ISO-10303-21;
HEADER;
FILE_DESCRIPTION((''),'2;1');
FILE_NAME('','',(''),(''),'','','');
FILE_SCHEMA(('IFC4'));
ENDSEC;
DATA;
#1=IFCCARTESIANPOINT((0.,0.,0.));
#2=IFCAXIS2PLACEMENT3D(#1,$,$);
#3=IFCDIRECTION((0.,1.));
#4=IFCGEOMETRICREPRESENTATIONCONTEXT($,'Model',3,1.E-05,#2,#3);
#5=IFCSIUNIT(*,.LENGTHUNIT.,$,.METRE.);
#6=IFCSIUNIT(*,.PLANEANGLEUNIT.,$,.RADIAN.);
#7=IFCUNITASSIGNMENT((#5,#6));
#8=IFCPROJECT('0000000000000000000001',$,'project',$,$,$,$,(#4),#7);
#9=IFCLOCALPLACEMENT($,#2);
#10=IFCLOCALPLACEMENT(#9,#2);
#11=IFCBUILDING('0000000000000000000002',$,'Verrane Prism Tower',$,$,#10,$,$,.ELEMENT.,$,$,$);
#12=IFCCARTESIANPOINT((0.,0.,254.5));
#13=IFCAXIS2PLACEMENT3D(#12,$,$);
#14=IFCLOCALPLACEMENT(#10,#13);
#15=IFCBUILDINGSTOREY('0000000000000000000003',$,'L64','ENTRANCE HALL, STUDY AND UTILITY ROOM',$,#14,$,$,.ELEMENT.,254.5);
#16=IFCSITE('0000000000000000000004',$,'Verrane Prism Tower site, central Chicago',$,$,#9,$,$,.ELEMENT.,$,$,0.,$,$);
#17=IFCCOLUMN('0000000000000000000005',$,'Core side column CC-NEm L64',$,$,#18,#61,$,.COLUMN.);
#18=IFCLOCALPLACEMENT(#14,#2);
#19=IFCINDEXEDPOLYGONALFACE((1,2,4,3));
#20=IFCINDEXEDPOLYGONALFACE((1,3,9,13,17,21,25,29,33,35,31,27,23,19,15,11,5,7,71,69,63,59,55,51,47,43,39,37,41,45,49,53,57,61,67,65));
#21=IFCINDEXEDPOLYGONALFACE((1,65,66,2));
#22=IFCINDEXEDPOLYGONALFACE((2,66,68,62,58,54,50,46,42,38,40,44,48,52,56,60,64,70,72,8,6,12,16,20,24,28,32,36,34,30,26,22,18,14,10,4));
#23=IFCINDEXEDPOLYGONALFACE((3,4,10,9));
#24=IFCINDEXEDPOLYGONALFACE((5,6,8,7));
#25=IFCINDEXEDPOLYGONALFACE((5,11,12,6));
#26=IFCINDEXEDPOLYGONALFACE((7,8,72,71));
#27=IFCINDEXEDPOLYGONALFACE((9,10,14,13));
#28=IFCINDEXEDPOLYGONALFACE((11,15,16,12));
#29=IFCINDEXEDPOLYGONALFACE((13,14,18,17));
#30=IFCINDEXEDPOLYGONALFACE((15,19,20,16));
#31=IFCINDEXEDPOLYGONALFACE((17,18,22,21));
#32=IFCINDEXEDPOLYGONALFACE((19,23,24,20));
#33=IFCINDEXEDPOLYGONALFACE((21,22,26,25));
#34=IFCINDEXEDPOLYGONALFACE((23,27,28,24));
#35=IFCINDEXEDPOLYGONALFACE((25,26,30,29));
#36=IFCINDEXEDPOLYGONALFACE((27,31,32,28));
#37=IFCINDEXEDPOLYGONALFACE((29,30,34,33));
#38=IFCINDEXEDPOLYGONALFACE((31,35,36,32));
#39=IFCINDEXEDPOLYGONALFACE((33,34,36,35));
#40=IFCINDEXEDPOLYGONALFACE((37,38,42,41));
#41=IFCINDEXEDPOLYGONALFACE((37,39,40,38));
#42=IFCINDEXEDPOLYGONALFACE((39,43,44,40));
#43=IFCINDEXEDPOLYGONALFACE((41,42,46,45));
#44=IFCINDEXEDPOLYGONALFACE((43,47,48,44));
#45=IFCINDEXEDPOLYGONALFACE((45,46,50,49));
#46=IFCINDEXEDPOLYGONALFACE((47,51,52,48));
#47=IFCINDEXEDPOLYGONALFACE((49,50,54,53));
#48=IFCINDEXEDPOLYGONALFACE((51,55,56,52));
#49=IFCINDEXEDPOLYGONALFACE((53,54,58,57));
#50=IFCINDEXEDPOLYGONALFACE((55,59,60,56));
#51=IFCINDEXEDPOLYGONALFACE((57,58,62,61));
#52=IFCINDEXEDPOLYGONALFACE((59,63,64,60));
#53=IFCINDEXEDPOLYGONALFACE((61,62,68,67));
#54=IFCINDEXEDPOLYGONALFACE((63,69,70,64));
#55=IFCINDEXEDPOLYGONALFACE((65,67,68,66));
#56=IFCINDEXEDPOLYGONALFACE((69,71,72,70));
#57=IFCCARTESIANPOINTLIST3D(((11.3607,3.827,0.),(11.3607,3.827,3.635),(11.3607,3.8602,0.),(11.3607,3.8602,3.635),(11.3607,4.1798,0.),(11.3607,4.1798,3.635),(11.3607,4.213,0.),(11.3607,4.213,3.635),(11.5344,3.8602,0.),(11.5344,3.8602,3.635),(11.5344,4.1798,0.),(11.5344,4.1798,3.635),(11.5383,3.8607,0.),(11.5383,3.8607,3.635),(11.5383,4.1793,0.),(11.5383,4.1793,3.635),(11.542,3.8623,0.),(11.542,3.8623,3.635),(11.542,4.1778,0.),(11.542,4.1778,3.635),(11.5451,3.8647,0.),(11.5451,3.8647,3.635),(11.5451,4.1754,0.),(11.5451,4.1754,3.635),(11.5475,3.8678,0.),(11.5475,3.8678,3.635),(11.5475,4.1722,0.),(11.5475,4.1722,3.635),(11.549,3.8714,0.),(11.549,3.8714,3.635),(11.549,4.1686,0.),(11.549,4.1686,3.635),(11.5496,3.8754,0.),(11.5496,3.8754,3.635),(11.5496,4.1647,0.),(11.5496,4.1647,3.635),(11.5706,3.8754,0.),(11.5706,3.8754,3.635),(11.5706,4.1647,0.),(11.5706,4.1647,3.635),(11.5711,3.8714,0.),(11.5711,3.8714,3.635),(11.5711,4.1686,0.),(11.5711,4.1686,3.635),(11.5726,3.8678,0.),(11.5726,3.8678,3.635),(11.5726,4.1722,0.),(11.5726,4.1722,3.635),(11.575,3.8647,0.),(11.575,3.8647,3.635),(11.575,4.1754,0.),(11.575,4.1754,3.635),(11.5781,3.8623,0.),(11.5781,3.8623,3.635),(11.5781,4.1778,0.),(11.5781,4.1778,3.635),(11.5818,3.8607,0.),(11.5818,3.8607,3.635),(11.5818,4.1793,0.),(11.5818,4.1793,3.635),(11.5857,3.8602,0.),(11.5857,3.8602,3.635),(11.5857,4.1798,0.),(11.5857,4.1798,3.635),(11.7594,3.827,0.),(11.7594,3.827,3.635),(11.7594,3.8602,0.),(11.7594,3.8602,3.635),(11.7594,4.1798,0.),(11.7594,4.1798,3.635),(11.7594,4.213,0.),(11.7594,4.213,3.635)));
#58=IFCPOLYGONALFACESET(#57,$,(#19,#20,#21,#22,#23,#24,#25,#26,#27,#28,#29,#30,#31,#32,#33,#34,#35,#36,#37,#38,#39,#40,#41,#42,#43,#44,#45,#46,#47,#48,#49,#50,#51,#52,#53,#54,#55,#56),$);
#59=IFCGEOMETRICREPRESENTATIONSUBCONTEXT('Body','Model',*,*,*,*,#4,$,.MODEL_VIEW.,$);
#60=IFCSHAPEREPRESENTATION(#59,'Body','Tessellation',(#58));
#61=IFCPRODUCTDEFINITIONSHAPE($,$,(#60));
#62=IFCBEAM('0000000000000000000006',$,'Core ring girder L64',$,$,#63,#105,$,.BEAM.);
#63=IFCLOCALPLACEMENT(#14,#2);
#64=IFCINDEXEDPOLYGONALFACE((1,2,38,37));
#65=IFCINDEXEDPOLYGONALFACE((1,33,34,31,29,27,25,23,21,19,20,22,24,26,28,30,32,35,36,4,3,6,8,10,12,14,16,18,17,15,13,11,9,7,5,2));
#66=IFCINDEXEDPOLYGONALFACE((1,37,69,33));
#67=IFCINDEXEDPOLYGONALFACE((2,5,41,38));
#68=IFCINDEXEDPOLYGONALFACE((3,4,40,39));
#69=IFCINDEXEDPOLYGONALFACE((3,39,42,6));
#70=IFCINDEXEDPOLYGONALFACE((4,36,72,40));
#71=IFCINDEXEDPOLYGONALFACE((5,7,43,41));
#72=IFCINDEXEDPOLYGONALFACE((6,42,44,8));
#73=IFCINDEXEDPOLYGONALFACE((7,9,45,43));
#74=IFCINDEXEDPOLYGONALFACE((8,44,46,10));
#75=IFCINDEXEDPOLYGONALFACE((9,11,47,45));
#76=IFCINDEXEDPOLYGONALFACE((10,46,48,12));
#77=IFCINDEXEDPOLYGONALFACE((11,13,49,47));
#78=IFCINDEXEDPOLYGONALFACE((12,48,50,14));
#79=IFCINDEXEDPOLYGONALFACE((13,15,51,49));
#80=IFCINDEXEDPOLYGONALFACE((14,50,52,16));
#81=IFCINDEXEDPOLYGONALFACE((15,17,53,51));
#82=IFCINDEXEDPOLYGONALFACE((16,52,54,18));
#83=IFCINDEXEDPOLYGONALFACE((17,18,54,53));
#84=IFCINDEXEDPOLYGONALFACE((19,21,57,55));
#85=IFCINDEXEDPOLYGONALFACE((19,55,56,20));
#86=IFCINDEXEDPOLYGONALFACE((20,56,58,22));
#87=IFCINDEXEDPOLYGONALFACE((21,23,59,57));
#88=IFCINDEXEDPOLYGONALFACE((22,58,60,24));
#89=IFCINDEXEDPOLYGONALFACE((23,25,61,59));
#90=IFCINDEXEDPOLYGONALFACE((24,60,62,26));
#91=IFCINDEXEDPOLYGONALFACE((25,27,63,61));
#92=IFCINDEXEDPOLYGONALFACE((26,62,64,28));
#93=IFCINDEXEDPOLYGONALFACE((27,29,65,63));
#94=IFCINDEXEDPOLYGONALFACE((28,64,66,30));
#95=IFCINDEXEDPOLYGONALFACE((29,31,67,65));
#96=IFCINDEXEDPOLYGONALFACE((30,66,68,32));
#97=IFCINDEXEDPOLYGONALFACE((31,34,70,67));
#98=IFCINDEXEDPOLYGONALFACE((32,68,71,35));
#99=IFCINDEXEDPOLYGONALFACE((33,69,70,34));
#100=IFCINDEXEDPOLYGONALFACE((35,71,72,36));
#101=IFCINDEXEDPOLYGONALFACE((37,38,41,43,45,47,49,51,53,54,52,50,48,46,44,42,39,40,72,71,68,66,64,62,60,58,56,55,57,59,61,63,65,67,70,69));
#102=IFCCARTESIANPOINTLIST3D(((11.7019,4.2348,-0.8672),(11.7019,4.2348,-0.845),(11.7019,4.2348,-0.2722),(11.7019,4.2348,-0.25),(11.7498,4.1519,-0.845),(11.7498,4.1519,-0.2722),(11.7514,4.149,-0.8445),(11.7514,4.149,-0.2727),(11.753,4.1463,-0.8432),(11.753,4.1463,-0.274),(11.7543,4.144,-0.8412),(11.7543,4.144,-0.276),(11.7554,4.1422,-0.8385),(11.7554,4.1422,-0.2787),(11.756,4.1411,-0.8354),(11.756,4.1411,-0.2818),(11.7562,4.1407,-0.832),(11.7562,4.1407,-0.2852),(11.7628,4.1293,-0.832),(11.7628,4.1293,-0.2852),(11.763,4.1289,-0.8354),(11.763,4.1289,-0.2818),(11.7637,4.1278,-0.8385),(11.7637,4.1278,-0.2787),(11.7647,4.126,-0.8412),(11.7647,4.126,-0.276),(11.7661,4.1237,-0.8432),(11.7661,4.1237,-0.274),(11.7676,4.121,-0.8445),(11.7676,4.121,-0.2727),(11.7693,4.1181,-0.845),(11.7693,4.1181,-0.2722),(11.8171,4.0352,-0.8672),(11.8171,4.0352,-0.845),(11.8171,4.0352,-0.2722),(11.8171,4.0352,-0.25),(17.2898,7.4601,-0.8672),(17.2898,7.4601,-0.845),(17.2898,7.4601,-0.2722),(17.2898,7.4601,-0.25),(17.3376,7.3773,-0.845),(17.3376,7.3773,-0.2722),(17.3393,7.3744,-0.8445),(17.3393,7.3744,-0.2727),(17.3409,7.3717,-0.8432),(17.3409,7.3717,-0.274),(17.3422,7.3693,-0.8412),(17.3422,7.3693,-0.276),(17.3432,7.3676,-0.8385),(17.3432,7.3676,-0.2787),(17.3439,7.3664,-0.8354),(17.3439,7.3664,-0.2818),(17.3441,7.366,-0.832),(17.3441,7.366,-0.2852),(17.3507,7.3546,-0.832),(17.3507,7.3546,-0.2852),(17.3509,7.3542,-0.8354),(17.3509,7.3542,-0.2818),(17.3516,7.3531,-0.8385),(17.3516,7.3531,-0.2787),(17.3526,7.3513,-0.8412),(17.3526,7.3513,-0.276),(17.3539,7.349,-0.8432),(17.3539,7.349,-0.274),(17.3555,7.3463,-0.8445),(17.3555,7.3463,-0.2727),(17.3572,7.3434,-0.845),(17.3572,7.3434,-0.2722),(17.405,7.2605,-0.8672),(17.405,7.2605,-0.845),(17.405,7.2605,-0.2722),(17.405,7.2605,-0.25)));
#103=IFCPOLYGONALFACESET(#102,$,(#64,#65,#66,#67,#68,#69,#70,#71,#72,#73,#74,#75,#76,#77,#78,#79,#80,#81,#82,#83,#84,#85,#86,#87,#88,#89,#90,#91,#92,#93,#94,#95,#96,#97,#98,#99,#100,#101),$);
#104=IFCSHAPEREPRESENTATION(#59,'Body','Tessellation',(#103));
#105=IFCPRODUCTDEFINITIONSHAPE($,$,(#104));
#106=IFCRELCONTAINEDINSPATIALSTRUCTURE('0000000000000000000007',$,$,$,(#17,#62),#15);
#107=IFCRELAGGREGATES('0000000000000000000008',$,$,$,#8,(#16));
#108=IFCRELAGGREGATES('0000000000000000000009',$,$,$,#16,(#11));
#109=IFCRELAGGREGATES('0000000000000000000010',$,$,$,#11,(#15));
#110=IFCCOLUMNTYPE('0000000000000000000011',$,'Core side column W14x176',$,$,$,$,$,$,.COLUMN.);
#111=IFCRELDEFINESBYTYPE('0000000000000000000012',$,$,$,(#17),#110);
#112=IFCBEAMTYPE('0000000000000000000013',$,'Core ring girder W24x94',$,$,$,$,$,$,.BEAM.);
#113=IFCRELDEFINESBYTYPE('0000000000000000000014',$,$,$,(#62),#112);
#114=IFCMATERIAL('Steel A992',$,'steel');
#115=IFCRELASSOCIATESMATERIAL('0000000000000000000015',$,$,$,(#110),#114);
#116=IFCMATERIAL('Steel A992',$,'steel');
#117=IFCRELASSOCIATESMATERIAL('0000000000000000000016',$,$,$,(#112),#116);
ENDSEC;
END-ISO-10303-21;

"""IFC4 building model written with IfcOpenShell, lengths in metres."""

from ifc_helpers import new_model, si_unit, direction, frame, origin, origin_2d, place, context, subcontext, project, spatial, i_section, extrude, material, material_profile, profile_set, type_object, element, save


model = new_model("IFC4")

# Units and contexts
model_context = context("Model", 3, precision=1e-05, world=origin(), true_north=direction((0.0, 1.0)))
body_context = subcontext(model_context, "Body", "Model", "MODEL_VIEW")
ifc_project = project(units=[si_unit("LENGTHUNIT", "METRE"), si_unit("PLANEANGLEUNIT", "RADIAN")], contexts=[model_context])

# Site, building, storey
site_placement = place(None, origin())
site = spatial("IfcSite", under=ifc_project, at=site_placement, Name="Verrane Prism Tower site, central Chicago", CompositionType="ELEMENT", RefElevation=0.0)
building_placement = place(site_placement, origin())
building = spatial("IfcBuilding", under=site, at=building_placement, Name="Verrane Prism Tower", CompositionType="ELEMENT")
storey_placement = place(building_placement, frame((0.0, 0.0, 254.5)))
storey = spatial("IfcBuildingStorey", under=building, at=storey_placement, Name="L64", Description="ENTRANCE HALL, STUDY AND UTILITY ROOM", CompositionType="ELEMENT", Elevation=254.5)

# Column
ifc_material_1 = material(Name="Steel A992", Category="steel")
ifc_material_profile_1 = material_profile(ifc_material_1, i_section(OverallWidth=0.3987, OverallDepth=0.386, WebThickness=0.021, FlangeThickness=0.0332, FilletRadius=0.0151, at=origin_2d()), Name="W14x176")
ifc_profile_set_1 = profile_set([ifc_material_profile_1], Name="Steel A992")
column_type = type_object("IfcColumnType", Name="Core side column W14x176", PredefinedType="COLUMN", material=ifc_profile_set_1)
column_placement = place(storey_placement, frame((11.5601, 4.02, 0.0), z_axis=(0.0, 0.0, 1.0), x_axis=(1.0, 0.0, 0.0)))
element("IfcColumn", 1, at=column_placement, inside=storey, type_object=column_type, Name="Core side column CC-NEm L64", PredefinedType="COLUMN", context=body_context, shape_type="SweptSolid", body=[
    extrude(i_section(OverallWidth=0.3987, OverallDepth=0.386, WebThickness=0.021, FlangeThickness=0.0332, FilletRadius=0.0151, at=origin_2d()), origin(), (0.0, 0.0, 1.0), 3.635),
])

# Beam
ifc_material_2 = material(Name="Steel A992", Category="steel")
ifc_material_profile_2 = material_profile(ifc_material_2, i_section(OverallWidth=0.2305, OverallDepth=0.6172, WebThickness=0.0132, FlangeThickness=0.0222, FilletRadius=0.0129, at=origin_2d()), Name="W24x94")
ifc_profile_set_2 = profile_set([ifc_material_profile_2], Name="Steel A992")
beam_type = type_object("IfcBeamType", Name="Core ring girder W24x94", PredefinedType="BEAM", material=ifc_profile_set_2)
beam_placement = place(storey_placement, frame((11.7595, 4.135, -0.5586), z_axis=(0.866081, 0.499904, 0.0), x_axis=(-0.499904, 0.866081, 0.0)))
element("IfcBeam", 2, at=beam_placement, inside=storey, type_object=beam_type, Name="Core ring girder L64", PredefinedType="BEAM", context=body_context, shape_type="SweptSolid", body=[
    extrude(i_section(OverallWidth=0.2305, OverallDepth=0.6172, WebThickness=0.0132, FlangeThickness=0.0222, FilletRadius=0.0129, at=origin_2d()), origin(), (0.0, 0.0, 1.0), 6.4519),
])

save(model, "model.ifc")
